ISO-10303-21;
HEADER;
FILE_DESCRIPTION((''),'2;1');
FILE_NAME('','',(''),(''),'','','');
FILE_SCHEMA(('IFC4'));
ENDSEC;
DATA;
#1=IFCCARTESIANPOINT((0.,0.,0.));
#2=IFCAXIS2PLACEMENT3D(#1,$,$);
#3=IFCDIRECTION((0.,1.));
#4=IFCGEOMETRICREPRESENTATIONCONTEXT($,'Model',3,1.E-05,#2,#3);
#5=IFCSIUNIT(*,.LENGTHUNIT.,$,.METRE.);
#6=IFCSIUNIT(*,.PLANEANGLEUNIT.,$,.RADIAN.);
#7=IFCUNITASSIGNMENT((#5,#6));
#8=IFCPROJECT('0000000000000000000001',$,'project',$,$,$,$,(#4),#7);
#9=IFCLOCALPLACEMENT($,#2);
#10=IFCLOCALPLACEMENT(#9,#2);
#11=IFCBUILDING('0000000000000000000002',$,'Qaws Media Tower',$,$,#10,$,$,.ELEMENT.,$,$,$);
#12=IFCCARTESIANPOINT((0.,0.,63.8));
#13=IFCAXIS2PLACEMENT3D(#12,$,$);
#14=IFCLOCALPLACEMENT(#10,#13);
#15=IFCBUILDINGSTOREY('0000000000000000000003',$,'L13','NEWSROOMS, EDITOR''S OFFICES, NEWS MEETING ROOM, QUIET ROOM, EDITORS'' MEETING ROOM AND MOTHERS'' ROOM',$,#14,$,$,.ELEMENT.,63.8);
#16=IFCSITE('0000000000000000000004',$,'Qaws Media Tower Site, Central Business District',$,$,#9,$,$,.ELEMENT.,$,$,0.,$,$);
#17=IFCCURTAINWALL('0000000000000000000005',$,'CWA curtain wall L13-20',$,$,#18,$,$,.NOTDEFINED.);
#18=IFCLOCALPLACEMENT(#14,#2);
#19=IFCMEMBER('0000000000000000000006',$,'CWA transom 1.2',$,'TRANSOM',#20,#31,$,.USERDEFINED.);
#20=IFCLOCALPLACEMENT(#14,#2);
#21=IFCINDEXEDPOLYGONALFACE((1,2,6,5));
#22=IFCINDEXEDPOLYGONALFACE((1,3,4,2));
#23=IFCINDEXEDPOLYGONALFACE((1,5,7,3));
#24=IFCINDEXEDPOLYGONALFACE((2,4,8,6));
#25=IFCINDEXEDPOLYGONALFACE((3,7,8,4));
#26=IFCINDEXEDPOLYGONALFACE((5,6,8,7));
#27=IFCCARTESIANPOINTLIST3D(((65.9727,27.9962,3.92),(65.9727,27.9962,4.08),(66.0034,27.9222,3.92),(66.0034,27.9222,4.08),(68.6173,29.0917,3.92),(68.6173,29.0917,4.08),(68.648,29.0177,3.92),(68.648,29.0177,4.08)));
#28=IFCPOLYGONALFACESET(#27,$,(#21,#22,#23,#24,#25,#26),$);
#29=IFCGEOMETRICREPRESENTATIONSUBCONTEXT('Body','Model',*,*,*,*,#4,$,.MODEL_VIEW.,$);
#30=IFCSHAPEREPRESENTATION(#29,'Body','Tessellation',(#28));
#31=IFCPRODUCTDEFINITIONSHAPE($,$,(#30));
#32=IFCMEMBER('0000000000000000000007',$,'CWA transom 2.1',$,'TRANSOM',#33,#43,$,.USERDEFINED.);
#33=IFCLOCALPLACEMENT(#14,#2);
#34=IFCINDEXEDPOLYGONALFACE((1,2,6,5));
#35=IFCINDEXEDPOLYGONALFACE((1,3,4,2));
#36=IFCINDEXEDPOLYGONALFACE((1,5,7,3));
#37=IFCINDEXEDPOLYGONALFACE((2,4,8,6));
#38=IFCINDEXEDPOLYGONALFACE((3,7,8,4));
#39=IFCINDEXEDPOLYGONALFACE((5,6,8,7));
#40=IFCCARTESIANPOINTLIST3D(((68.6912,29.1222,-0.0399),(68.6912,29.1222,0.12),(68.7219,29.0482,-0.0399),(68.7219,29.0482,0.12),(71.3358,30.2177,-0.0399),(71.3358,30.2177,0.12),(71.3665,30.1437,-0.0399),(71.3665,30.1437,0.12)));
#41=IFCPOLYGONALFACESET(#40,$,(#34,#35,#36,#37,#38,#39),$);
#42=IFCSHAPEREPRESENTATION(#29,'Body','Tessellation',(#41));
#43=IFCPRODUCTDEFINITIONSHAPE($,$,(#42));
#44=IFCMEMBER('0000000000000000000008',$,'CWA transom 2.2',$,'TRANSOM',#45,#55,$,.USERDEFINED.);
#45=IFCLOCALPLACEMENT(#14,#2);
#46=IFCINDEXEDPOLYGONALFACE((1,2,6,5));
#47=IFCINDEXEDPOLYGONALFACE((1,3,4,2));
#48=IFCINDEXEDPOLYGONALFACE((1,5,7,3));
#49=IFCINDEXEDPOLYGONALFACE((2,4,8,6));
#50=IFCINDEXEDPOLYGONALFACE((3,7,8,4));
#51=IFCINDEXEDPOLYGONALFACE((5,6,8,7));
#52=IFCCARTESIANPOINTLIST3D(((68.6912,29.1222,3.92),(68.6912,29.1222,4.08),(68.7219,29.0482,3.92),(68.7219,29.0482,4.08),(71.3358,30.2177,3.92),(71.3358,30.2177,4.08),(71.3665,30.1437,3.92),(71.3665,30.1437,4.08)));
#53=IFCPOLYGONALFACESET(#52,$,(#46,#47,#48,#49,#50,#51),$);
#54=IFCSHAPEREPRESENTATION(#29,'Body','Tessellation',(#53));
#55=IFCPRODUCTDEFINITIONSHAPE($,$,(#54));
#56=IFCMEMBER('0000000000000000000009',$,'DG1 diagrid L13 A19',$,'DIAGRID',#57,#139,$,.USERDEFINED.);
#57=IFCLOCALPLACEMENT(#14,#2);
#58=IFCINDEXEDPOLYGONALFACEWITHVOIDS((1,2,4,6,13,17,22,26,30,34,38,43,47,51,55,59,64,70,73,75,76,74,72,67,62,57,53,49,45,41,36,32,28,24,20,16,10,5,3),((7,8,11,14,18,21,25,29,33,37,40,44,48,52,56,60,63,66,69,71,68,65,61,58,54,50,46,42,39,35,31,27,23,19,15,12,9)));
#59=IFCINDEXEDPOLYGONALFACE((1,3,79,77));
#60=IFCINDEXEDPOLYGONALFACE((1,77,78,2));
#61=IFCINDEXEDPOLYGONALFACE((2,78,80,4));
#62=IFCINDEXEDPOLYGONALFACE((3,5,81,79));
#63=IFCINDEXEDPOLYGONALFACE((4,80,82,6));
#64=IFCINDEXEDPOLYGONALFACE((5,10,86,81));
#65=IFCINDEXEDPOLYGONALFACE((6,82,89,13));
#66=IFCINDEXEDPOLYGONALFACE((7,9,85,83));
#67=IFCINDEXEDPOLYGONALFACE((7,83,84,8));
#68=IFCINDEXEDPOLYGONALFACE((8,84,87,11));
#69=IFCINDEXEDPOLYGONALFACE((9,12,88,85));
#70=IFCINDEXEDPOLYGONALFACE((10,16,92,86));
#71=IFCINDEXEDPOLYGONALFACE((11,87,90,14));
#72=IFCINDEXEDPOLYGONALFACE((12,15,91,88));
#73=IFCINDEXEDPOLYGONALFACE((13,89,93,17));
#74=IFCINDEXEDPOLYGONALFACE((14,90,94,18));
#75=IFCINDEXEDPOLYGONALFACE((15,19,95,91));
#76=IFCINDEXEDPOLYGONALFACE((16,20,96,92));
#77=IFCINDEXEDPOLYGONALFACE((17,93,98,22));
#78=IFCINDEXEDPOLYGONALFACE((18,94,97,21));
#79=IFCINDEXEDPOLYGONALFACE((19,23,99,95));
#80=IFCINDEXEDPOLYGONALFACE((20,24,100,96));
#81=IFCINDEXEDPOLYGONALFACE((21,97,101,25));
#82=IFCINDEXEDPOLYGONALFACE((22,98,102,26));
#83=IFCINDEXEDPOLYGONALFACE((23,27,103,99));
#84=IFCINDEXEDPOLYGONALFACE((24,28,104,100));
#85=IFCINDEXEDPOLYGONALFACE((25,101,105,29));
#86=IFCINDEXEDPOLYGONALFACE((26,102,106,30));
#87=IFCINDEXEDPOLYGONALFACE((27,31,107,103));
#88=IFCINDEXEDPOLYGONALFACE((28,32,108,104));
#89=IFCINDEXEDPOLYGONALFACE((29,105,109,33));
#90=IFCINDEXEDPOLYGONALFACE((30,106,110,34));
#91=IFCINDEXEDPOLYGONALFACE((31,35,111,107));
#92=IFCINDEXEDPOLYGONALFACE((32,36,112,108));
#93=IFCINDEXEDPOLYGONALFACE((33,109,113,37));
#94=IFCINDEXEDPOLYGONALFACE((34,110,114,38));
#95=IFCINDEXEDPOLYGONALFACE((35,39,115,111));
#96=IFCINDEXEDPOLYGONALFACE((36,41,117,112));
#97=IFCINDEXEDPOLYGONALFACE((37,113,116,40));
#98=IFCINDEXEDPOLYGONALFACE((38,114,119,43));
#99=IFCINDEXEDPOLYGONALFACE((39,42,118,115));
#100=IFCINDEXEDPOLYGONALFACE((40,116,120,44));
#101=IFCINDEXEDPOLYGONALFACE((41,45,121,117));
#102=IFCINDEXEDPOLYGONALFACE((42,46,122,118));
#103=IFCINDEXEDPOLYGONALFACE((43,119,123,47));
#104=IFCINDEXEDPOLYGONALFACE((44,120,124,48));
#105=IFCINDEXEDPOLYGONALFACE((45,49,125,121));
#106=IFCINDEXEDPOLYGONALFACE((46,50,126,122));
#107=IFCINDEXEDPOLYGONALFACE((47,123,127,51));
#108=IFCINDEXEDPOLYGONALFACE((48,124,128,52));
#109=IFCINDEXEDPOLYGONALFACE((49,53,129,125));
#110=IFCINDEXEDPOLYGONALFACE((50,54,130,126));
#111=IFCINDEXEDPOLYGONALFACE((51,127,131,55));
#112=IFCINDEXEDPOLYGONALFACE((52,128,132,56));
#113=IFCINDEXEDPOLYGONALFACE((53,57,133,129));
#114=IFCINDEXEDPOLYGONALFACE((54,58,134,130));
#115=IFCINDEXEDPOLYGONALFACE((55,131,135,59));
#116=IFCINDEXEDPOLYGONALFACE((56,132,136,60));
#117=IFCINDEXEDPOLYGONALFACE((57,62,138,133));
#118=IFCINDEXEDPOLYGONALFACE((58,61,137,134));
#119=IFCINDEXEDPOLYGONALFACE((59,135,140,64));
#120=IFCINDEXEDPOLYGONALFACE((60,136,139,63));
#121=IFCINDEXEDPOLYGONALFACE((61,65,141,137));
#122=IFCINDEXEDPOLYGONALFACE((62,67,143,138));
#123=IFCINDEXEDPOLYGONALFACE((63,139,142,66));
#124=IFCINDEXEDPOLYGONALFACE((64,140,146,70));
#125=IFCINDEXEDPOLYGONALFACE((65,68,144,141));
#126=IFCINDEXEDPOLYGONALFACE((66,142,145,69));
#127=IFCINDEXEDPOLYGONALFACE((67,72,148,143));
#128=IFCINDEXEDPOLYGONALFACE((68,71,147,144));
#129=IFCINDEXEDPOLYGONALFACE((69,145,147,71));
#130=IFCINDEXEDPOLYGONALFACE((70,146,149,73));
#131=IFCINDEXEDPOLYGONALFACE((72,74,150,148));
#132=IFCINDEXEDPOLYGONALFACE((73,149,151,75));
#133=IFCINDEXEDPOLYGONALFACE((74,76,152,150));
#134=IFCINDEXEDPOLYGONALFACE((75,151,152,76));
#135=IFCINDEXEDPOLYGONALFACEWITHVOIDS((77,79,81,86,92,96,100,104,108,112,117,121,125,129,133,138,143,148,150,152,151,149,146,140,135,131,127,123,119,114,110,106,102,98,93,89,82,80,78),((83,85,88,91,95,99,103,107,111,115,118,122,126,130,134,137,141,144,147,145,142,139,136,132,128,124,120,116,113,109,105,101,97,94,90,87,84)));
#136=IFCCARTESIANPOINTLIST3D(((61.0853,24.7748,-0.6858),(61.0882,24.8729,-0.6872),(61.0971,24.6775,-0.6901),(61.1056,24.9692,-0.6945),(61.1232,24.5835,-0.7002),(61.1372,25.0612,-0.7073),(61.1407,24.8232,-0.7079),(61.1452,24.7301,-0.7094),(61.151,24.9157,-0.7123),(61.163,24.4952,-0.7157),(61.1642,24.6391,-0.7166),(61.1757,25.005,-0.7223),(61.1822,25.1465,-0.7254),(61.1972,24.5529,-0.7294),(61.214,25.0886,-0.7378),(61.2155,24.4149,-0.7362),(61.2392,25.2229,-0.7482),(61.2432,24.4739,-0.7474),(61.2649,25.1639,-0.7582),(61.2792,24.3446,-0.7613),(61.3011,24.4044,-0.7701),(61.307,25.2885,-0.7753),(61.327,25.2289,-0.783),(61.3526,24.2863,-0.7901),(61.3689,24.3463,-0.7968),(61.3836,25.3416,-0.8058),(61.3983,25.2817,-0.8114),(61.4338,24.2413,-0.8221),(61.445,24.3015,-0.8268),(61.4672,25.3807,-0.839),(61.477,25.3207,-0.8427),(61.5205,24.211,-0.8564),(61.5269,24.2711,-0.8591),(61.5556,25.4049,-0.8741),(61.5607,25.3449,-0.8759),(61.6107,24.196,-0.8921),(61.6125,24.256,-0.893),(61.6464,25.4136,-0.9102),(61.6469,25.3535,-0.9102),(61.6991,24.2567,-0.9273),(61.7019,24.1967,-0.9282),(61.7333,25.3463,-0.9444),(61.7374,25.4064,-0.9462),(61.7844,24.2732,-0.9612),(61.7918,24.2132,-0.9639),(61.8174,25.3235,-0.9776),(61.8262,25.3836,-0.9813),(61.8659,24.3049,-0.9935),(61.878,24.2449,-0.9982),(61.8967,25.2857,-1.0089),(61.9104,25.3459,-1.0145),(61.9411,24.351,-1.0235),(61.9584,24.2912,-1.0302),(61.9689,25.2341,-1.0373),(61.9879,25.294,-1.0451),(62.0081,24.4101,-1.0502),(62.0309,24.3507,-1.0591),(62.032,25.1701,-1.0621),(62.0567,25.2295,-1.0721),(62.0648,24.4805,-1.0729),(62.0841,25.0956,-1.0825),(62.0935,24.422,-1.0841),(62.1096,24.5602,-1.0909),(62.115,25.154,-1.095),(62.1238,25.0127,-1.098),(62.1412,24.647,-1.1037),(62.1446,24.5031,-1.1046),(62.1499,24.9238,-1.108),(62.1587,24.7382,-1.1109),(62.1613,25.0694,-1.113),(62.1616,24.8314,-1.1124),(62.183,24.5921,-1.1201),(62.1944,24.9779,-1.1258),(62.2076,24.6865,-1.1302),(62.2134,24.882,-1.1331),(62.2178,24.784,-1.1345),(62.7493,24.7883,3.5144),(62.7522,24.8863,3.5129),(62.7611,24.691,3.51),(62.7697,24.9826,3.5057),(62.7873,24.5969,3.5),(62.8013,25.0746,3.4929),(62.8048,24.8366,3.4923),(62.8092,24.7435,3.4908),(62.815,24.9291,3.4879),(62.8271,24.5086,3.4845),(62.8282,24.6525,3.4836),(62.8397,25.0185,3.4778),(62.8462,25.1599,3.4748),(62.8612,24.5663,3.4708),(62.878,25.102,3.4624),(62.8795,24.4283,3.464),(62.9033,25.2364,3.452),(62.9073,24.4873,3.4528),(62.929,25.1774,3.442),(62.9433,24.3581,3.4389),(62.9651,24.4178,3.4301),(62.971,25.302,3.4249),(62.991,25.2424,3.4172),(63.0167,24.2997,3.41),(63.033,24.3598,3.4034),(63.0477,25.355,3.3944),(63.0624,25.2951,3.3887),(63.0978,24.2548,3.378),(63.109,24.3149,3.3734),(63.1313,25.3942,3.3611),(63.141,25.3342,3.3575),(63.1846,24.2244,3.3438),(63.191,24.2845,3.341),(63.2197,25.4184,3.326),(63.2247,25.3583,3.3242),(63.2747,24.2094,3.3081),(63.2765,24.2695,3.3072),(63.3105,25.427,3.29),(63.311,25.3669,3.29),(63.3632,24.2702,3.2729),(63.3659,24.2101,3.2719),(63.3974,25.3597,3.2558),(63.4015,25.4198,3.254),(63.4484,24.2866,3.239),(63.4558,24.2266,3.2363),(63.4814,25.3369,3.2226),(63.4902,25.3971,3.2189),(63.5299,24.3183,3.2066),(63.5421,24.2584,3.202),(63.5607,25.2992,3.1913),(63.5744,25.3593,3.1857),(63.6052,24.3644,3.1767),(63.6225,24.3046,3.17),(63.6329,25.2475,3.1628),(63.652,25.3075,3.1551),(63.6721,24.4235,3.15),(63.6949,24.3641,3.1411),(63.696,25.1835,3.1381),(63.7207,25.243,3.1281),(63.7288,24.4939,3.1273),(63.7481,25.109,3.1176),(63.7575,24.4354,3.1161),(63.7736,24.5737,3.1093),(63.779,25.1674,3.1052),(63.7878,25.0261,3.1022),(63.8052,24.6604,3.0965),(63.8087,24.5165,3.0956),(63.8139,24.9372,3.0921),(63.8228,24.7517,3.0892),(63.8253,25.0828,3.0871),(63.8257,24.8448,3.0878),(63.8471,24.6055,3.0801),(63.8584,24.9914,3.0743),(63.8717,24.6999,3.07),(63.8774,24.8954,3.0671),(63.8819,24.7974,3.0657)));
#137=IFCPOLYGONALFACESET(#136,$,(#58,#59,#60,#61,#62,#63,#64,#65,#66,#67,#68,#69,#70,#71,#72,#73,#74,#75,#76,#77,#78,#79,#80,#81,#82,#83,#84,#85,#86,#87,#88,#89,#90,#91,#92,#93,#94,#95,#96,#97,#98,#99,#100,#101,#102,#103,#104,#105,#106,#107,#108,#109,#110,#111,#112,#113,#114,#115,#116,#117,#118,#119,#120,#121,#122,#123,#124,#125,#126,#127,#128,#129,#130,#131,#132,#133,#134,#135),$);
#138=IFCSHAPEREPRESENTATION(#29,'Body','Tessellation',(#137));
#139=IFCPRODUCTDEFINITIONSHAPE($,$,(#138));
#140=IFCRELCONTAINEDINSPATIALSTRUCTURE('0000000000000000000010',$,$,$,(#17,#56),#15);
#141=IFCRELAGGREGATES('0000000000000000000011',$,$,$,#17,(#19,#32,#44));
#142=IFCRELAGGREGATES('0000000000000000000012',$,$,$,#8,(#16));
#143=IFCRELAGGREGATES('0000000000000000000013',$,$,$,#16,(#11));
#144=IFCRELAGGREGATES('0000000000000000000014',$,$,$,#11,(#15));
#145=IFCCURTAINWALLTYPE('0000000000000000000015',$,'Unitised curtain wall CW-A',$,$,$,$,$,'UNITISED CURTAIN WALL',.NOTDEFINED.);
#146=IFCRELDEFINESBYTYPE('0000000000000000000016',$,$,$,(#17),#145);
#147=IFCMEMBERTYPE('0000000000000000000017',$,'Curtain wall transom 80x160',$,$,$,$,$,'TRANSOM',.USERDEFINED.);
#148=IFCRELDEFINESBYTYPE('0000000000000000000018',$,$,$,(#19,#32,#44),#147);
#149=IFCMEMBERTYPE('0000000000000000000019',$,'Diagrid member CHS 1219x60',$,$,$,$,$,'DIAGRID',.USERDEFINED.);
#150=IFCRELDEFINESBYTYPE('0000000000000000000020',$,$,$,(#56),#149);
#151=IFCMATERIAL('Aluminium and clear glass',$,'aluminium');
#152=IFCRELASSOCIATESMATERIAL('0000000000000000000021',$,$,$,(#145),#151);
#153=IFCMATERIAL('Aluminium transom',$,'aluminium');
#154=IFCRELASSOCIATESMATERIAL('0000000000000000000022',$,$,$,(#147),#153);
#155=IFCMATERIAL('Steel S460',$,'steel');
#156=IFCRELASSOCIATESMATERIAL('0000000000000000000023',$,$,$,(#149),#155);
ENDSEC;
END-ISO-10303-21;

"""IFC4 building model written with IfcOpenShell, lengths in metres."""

from ifc_helpers import new_model, si_unit, direction, frame, origin, origin_2d, place, context, subcontext, project, spatial, rectangle, hollow_circle, extrude, material, material_profile, profile_set, type_object, element, aggregate, save


model = new_model("IFC4")

# Units and contexts
model_context = context("Model", 3, precision=1e-05, world=origin(), true_north=direction((0.0, 1.0)))
body_context = subcontext(model_context, "Body", "Model", "MODEL_VIEW")
ifc_project = project(units=[si_unit("LENGTHUNIT", "METRE"), si_unit("PLANEANGLEUNIT", "RADIAN")], contexts=[model_context])

# Site, building, storey
site_placement = place(None, origin())
site = spatial("IfcSite", under=ifc_project, at=site_placement, Name="Qaws Media Tower Site, Central Business District", CompositionType="ELEMENT", RefElevation=0.0)
building_placement = place(site_placement, origin())
building = spatial("IfcBuilding", under=site, at=building_placement, Name="Qaws Media Tower", CompositionType="ELEMENT")
storey_placement = place(building_placement, frame((0.0, 0.0, 63.8)))
storey = spatial("IfcBuildingStorey", under=building, at=storey_placement, Name="L13", Description="NEWSROOMS, EDITOR'S OFFICES, NEWS MEETING ROOM, QUIET ROOM, EDITORS' MEETING ROOM AND MOTHERS' ROOM", CompositionType="ELEMENT", Elevation=63.8)

# Curtain wall
ifc_material_1 = material(Name="Aluminium and clear glass", Category="aluminium")
curtain_wall_type = type_object("IfcCurtainWallType", Name="Unitised curtain wall CW-A", ElementType="UNITISED CURTAIN WALL", PredefinedType="NOTDEFINED", material=ifc_material_1)
curtain_wall_1_placement = place(storey_placement, origin())
curtain_wall_1 = element("IfcCurtainWall", 1, at=curtain_wall_1_placement, inside=storey, type_object=curtain_wall_type, Name="CWA curtain wall L13-20", PredefinedType="NOTDEFINED")

# Members
ifc_material_2 = material(Name="Aluminium transom", Category="aluminium")
ifc_material_profile_1 = material_profile(ifc_material_2, rectangle(XDim=0.0801, YDim=0.1599, at=origin_2d()), Name="80x160")
ifc_profile_set_1 = profile_set([ifc_material_profile_1], Name="Aluminium transom")
member_type_1 = type_object("IfcMemberType", Name="Curtain wall transom 80x160", ElementType="TRANSOM", PredefinedType="USERDEFINED", material=ifc_profile_set_1)
member_1_placement = place(storey_placement, frame((65.988, 27.9592, 4.0), z_axis=(0.923872, 0.382701, 0.0), x_axis=(-0.382701, 0.923872, 0.0)))
member_1 = element("IfcMember", 2, at=member_1_placement, type_object=member_type_1, Name="CWA transom 1.2", ObjectType="TRANSOM", PredefinedType="USERDEFINED", context=body_context, shape_type="SweptSolid", body=[
    extrude(rectangle(XDim=0.0801, YDim=0.1599, at=origin_2d()), origin(), (0.0, 0.0, 1.0), 2.8625),
])
member_2_placement = place(storey_placement, frame((68.7065, 29.0852, 0.04), z_axis=(0.923872, 0.382701, 0.0), x_axis=(-0.382701, 0.923872, 0.0)))
member_2 = element("IfcMember", 3, at=member_2_placement, type_object=member_type_1, Name="CWA transom 2.1", ObjectType="TRANSOM", PredefinedType="USERDEFINED", context=body_context, shape_type="SweptSolid", body=[
    extrude(rectangle(XDim=0.0801, YDim=0.1599, at=origin_2d()), origin(), (0.0, 0.0, 1.0), 2.8625),
])
member_3_placement = place(storey_placement, frame((68.7065, 29.0852, 4.0), z_axis=(0.923872, 0.382701, 0.0), x_axis=(-0.382701, 0.923872, 0.0)))
member_3 = element("IfcMember", 4, at=member_3_placement, type_object=member_type_1, Name="CWA transom 2.2", ObjectType="TRANSOM", PredefinedType="USERDEFINED", context=body_context, shape_type="SweptSolid", body=[
    extrude(rectangle(XDim=0.0801, YDim=0.1599, at=origin_2d()), origin(), (0.0, 0.0, 1.0), 2.8625),
])

# Member
ifc_material_3 = material(Name="Steel S460", Category="steel")
ifc_material_profile_2 = material_profile(ifc_material_3, hollow_circle(Radius=0.6096, WallThickness=0.0601, at=origin_2d()), Name="CHS 1219x60")
ifc_profile_set_2 = profile_set([ifc_material_profile_2], Name="Steel S460")
member_type_2 = type_object("IfcMemberType", Name="Diagrid member CHS 1219x60", ElementType="DIAGRID", PredefinedType="USERDEFINED", material=ifc_profile_set_2)
for number, where, z_axis, x_axis, name in (
    (5, (61.6514, 24.804, -0.9102), (0.368331, 0.002972, 0.92969), (-0.008069, 0.999967, 0.0), "DG1 diagrid L13 A19"),
):
    element("IfcMember", number, at=place(storey_placement, frame(where, z_axis=z_axis, x_axis=x_axis)), inside=storey, type_object=member_type_2, Name=name, ObjectType="DIAGRID", PredefinedType="USERDEFINED", context=body_context, shape_type="SweptSolid", body=[
        extrude(hollow_circle(Radius=0.6096, WallThickness=0.0601, at=origin_2d()), origin(), (0.0, 0.0, 1.0), 4.5178),
    ])

aggregate(curtain_wall_1, [member_1, member_2, member_3])

save(model, "model.ifc")
